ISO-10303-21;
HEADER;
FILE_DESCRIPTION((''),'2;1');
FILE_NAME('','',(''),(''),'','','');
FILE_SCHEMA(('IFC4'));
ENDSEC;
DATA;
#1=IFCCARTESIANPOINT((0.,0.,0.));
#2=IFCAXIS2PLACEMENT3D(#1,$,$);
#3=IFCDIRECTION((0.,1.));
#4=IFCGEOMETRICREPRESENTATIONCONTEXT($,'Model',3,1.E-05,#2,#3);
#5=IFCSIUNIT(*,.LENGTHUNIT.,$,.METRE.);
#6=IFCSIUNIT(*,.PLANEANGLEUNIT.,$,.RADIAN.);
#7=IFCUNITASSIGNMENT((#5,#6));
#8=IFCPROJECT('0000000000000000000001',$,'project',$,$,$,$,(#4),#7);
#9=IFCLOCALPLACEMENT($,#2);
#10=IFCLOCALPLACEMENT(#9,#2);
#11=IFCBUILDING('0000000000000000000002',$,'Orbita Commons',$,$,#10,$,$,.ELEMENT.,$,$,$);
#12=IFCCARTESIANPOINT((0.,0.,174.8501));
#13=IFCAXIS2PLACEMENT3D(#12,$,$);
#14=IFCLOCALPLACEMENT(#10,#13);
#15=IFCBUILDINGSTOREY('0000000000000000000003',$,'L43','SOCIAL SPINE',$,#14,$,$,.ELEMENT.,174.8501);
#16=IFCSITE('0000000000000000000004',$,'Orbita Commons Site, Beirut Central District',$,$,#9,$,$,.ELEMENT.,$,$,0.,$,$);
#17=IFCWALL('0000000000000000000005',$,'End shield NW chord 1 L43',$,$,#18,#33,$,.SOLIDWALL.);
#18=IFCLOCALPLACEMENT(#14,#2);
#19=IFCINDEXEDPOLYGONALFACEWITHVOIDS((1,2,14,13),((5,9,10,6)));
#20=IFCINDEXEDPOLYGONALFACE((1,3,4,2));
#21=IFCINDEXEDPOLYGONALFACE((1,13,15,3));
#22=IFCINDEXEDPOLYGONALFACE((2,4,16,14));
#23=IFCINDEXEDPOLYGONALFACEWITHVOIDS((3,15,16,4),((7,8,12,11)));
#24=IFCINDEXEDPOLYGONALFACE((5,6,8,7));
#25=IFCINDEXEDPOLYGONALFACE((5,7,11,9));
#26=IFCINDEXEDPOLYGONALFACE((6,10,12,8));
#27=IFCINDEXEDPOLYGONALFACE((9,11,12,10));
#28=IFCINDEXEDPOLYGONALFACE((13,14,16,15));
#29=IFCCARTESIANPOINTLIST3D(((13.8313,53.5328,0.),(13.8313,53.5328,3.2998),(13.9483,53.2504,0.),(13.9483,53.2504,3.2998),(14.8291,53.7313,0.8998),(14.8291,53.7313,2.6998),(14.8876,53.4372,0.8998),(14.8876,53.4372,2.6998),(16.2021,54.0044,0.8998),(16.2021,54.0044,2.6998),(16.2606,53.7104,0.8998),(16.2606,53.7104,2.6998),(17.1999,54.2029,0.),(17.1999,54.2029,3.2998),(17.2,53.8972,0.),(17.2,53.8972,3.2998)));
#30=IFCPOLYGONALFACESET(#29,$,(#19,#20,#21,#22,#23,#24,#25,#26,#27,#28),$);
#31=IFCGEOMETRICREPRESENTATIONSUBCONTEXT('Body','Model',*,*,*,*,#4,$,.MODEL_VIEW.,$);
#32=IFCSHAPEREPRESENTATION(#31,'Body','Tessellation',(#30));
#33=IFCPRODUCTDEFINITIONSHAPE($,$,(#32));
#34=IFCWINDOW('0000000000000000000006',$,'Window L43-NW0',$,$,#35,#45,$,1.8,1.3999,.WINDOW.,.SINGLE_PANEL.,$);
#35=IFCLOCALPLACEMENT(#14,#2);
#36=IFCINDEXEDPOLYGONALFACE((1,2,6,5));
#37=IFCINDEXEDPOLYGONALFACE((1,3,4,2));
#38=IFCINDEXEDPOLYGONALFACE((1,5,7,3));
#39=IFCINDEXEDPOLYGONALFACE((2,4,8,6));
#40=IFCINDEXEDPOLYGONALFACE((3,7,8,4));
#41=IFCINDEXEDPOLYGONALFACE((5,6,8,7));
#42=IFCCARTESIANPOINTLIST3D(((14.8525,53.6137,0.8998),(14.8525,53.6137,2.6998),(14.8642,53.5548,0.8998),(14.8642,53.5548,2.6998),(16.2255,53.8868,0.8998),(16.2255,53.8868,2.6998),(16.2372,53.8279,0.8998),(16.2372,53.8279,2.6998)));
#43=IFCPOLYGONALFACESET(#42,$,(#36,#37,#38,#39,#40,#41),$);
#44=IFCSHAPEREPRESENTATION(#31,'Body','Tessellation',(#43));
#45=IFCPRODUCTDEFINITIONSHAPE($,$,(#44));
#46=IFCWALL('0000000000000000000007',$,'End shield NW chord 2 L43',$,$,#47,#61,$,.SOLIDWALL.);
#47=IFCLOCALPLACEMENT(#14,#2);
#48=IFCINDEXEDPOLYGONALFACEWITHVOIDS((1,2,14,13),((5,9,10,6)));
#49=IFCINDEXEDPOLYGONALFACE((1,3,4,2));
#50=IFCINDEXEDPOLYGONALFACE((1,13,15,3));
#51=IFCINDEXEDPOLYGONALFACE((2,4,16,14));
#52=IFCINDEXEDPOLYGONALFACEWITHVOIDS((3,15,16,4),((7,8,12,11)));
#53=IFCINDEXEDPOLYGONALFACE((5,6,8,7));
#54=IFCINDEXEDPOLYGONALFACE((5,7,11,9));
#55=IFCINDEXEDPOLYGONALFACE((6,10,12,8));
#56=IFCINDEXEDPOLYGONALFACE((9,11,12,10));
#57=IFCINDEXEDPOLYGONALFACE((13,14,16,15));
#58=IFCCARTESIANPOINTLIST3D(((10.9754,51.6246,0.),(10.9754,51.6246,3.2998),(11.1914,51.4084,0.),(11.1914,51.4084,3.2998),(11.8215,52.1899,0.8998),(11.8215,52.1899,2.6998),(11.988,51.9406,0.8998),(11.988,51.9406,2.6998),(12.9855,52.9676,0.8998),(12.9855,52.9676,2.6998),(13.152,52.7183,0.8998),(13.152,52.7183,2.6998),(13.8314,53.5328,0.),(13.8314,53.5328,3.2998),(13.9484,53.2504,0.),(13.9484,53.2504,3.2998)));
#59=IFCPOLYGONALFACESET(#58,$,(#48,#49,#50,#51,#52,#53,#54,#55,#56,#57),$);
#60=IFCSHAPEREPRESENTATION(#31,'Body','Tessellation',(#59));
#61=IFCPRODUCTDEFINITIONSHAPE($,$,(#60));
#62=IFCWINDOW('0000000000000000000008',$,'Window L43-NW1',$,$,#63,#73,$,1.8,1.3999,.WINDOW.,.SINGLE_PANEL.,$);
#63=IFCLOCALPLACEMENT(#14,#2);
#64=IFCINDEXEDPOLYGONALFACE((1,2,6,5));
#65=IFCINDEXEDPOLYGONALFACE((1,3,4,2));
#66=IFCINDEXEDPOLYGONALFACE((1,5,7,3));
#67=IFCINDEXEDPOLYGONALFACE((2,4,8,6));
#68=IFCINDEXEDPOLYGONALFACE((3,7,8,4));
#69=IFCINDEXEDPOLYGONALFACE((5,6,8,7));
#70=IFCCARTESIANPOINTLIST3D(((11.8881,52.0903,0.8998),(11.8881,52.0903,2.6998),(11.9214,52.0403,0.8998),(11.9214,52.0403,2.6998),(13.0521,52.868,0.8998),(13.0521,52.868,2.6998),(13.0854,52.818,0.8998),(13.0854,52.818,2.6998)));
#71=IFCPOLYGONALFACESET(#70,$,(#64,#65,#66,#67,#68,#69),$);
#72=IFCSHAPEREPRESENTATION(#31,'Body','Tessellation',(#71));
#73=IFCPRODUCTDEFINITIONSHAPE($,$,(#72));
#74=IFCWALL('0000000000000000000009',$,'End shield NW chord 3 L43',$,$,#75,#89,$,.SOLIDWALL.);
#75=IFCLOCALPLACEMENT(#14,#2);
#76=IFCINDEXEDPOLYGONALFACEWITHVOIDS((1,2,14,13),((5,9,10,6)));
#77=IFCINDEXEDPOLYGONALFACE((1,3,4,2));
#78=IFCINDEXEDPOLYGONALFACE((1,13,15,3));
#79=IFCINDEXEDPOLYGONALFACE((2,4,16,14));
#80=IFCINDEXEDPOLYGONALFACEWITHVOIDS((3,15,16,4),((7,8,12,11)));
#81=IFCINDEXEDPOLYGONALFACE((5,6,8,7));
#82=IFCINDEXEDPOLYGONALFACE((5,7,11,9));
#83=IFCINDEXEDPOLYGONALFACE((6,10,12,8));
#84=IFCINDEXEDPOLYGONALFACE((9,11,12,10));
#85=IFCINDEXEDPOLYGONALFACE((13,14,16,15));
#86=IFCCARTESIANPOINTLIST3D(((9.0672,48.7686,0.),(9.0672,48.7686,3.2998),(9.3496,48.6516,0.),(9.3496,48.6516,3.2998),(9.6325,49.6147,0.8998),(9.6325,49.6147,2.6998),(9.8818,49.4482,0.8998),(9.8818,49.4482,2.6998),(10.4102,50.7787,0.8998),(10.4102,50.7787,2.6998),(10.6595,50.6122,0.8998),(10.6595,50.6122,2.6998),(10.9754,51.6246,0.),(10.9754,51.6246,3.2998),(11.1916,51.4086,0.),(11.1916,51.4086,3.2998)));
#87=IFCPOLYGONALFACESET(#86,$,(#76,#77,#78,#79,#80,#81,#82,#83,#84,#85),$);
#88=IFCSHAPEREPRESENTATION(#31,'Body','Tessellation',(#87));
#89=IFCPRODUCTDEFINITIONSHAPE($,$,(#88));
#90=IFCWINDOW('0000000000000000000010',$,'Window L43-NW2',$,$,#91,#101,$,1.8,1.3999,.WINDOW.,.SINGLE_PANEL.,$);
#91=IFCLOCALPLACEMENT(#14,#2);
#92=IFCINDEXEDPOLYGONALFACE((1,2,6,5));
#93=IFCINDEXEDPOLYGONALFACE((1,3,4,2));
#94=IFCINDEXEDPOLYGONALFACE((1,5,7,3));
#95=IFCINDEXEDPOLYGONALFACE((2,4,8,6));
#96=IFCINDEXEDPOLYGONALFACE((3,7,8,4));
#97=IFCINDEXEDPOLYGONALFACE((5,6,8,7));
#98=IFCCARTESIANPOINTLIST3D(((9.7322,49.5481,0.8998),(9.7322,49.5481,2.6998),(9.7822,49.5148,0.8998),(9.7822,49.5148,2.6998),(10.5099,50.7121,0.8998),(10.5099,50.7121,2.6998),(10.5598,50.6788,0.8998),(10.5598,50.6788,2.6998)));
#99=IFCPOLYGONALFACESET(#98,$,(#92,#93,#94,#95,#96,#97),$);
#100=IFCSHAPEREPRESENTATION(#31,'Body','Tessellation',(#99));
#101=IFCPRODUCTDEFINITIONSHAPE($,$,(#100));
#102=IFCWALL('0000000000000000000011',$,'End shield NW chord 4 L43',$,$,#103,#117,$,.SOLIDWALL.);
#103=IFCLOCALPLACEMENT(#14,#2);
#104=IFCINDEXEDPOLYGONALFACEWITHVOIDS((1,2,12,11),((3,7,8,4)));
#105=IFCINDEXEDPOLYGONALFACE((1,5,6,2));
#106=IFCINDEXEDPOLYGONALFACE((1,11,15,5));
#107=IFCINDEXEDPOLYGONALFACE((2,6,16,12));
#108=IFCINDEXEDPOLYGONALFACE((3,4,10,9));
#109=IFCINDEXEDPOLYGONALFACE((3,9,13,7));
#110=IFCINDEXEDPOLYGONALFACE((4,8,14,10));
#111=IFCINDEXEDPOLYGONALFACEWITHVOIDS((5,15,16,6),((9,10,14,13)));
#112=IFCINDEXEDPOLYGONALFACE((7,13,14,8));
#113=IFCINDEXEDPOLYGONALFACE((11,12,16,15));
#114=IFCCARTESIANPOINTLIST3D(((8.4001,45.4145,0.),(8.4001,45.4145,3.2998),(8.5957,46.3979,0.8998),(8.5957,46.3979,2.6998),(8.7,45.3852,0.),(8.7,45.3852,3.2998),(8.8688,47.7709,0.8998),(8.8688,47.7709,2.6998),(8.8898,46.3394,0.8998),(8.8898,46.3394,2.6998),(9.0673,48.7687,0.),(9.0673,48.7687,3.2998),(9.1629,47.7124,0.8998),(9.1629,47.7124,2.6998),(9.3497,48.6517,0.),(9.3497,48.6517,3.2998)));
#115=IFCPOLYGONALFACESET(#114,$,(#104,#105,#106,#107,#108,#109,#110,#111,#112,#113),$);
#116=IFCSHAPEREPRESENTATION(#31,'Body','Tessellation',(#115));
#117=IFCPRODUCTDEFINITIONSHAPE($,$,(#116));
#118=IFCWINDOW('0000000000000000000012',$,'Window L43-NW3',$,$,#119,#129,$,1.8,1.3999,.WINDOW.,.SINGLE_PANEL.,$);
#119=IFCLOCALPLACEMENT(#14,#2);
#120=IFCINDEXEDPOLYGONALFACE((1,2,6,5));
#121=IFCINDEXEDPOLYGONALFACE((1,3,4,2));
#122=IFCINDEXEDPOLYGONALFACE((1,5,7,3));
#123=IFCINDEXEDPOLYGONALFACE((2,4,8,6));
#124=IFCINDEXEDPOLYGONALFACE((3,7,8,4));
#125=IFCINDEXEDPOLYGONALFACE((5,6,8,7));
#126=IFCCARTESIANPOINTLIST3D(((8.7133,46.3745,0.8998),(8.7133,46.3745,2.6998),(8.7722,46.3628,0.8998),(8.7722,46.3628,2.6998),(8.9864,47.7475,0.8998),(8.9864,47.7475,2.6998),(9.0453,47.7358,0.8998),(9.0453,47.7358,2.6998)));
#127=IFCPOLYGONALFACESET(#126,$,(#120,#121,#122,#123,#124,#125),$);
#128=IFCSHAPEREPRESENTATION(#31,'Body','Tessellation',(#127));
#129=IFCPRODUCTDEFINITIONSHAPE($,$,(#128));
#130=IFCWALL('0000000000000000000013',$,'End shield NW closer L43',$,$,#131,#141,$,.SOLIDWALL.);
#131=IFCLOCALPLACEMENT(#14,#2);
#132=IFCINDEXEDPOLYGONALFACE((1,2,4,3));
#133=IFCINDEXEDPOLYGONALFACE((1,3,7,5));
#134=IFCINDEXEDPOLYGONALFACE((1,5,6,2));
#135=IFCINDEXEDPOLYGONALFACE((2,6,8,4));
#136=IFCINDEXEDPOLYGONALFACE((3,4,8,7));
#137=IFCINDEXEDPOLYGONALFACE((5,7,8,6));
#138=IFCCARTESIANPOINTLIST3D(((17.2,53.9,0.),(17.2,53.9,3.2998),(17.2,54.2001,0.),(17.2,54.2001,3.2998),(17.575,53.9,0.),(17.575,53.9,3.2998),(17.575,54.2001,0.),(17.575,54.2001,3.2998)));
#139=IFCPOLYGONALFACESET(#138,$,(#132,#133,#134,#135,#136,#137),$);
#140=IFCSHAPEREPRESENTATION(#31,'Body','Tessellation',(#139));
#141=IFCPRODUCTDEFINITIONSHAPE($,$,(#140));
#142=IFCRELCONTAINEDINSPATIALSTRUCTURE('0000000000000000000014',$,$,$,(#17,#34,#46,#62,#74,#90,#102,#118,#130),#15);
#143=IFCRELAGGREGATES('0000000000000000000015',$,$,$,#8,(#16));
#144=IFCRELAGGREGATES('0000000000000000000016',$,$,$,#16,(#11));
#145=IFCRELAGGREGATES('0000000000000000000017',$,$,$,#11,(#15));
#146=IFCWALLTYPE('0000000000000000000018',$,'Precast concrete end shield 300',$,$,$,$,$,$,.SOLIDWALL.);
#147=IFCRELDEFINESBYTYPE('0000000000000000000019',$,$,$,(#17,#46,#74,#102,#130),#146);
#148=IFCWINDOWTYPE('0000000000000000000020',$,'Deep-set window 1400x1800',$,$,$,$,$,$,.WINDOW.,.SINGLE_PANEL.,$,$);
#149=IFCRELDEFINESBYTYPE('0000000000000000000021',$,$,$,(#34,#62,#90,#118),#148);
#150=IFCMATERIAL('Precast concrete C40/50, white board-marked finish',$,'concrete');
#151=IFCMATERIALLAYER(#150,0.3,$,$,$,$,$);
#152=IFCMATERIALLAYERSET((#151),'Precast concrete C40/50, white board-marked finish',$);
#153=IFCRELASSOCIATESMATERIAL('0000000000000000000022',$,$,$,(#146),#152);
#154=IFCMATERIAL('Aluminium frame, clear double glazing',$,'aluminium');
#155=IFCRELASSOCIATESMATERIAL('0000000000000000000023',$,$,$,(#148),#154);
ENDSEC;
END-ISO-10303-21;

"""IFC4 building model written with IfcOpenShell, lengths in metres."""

from ifc_helpers import new_model, si_unit, direction, frame, frame_2d, origin, place, context, subcontext, project, spatial, polyline, rectangle, outline, extrude, material, layer, layer_set, type_object, element, fill, save


model = new_model("IFC4")

# Units and contexts
model_context = context("Model", 3, precision=1e-05, world=origin(), true_north=direction((0.0, 1.0)))
body_context = subcontext(model_context, "Body", "Model", "MODEL_VIEW")
ifc_project = project(units=[si_unit("LENGTHUNIT", "METRE"), si_unit("PLANEANGLEUNIT", "RADIAN")], contexts=[model_context])

# Site, building, storey
site_placement = place(None, origin())
site = spatial("IfcSite", under=ifc_project, at=site_placement, Name="Orbita Commons Site, Beirut Central District", CompositionType="ELEMENT", RefElevation=0.0)
building_placement = place(site_placement, origin())
building = spatial("IfcBuilding", under=site, at=building_placement, Name="Orbita Commons", CompositionType="ELEMENT")
storey_placement = place(building_placement, frame((0.0, 0.0, 174.8501)))
storey = spatial("IfcBuildingStorey", under=building, at=storey_placement, Name="L43", Description="SOCIAL SPINE", CompositionType="ELEMENT", Elevation=174.8501)

# Walls, openings, windows
ifc_material_1 = material(Name="Precast concrete C40/50, white board-marked finish", Category="concrete")
ifc_layer_1 = layer(ifc_material_1, 0.3)
ifc_layer_set_1 = layer_set([ifc_layer_1], Name="Precast concrete C40/50, white board-marked finish")
wall_type_1 = type_object("IfcWallType", Name="Precast concrete end shield 300", PredefinedType="SOLIDWALL", material=ifc_layer_set_1)
wall_1_placement = place(storey_placement, frame((17.2, 54.05, 0.0), z_axis=(0.0, 0.0, 1.0), x_axis=(-0.980783, -0.1951, 0.0)))
wall_1 = element("IfcWall", 1, at=wall_1_placement, inside=storey, type_object=wall_type_1, Name="End shield NW chord 1 L43", PredefinedType="SOLIDWALL", context=body_context, shape_type="SweptSolid", body=[
    extrude(outline(polyline([(-0.0298, -0.1499), (3.4048, -0.1499), (3.3452, 0.1499), (0.0298, 0.1499), (-0.0298, -0.1499)])), origin(), (0.0, 0.0, 1.0), 3.2998),
])
opening_1_placement = place(wall_1_placement, frame((0.9875, 0.0, 0.8999)))
opening_1 = element("IfcOpeningElement", 2, at=opening_1_placement, cuts=wall_1, PredefinedType="OPENING", context=body_context, shape_type="SweptSolid", body=[
    extrude(rectangle(XDim=1.3999, YDim=1.8, at=frame_2d((0.7, 0.8999))), frame((0.0, 0.1599, 0.0), z_axis=(0.0, -1.0, 0.0), x_axis=(1.0, 0.0, 0.0)), (0.0, 0.0, 1.0), 0.3201),
])
ifc_material_2 = material(Name="Aluminium frame, clear double glazing", Category="aluminium")
window_type = type_object("IfcWindowType", Name="Deep-set window 1400x1800", PartitioningType="SINGLE_PANEL", PredefinedType="WINDOW", material=ifc_material_2)
window_1_placement = place(opening_1_placement, origin())
window_1 = element("IfcWindow", 3, at=window_1_placement, inside=storey, type_object=window_type, Name="Window L43-NW0", OverallHeight=1.8, OverallWidth=1.3999, PartitioningType="SINGLE_PANEL", PredefinedType="WINDOW", context=body_context, shape_type="SweptSolid", body=[
    extrude(rectangle(XDim=1.3999, YDim=1.8, at=frame_2d((0.7, 0.8999))), frame((0.0, 0.03, 0.0), z_axis=(0.0, -1.0, 0.0), x_axis=(1.0, 0.0, 0.0)), (0.0, 0.0, 1.0), 0.0601),
])
fill(opening_1, window_1)
wall_2_placement = place(storey_placement, frame((13.8899, 53.3916, 0.0), z_axis=(0.0, 0.0, 1.0), x_axis=(-0.831493, -0.555535, 0.0)))
wall_2 = element("IfcWall", 4, at=wall_2_placement, inside=storey, type_object=wall_type_1, Name="End shield NW chord 2 L43", PredefinedType="SOLIDWALL", context=body_context, shape_type="SweptSolid", body=[
    extrude(outline(polyline([(-0.0298, -0.1499), (3.405, -0.1499), (3.3455, 0.1499), (0.0298, 0.1499), (-0.0298, -0.1499)])), origin(), (0.0, 0.0, 1.0), 3.2998),
])
opening_2_placement = place(wall_2_placement, frame((0.9875, 0.0, 0.8999)))
opening_2 = element("IfcOpeningElement", 5, at=opening_2_placement, cuts=wall_2, PredefinedType="OPENING", context=body_context, shape_type="SweptSolid", body=[
    extrude(rectangle(XDim=1.3999, YDim=1.8, at=frame_2d((0.7, 0.8999))), frame((0.0, 0.1599, 0.0), z_axis=(0.0, -1.0, 0.0), x_axis=(1.0, 0.0, 0.0)), (0.0, 0.0, 1.0), 0.3201),
])
window_2_placement = place(opening_2_placement, origin())
window_2 = element("IfcWindow", 6, at=window_2_placement, inside=storey, type_object=window_type, Name="Window L43-NW1", OverallHeight=1.8, OverallWidth=1.3999, PartitioningType="SINGLE_PANEL", PredefinedType="WINDOW", context=body_context, shape_type="SweptSolid", body=[
    extrude(rectangle(XDim=1.3999, YDim=1.8, at=frame_2d((0.7, 0.8999))), frame((0.0, 0.03, 0.0), z_axis=(0.0, -1.0, 0.0), x_axis=(1.0, 0.0, 0.0)), (0.0, 0.0, 1.0), 0.0601),
])
fill(opening_2, window_2)
wall_3_placement = place(storey_placement, frame((11.0835, 51.5166, 0.0), z_axis=(0.0, 0.0, 1.0), x_axis=(-0.555535, -0.831493, 0.0)))
wall_3 = element("IfcWall", 7, at=wall_3_placement, inside=storey, type_object=wall_type_1, Name="End shield NW chord 3 L43", PredefinedType="SOLIDWALL", context=body_context, shape_type="SweptSolid", body=[
    extrude(outline(polyline([(-0.0298, -0.1499), (3.405, -0.1499), (3.3455, 0.1499), (0.0298, 0.1499), (-0.0298, -0.1499)])), origin(), (0.0, 0.0, 1.0), 3.2998),
])
opening_3_placement = place(wall_3_placement, frame((0.9875, 0.0, 0.8999)))
opening_3 = element("IfcOpeningElement", 8, at=opening_3_placement, cuts=wall_3, PredefinedType="OPENING", context=body_context, shape_type="SweptSolid", body=[
    extrude(rectangle(XDim=1.3999, YDim=1.8, at=frame_2d((0.7, 0.8999))), frame((0.0, 0.1599, 0.0), z_axis=(0.0, -1.0, 0.0), x_axis=(1.0, 0.0, 0.0)), (0.0, 0.0, 1.0), 0.3201),
])
window_3_placement = place(opening_3_placement, origin())
window_3 = element("IfcWindow", 9, at=window_3_placement, inside=storey, type_object=window_type, Name="Window L43-NW2", OverallHeight=1.8, OverallWidth=1.3999, PartitioningType="SINGLE_PANEL", PredefinedType="WINDOW", context=body_context, shape_type="SweptSolid", body=[
    extrude(rectangle(XDim=1.3999, YDim=1.8, at=frame_2d((0.7, 0.8999))), frame((0.0, 0.03, 0.0), z_axis=(0.0, -1.0, 0.0), x_axis=(1.0, 0.0, 0.0)), (0.0, 0.0, 1.0), 0.0601),
])
fill(opening_3, window_3)
wall_4_placement = place(storey_placement, frame((9.2085, 48.7102, 0.0), z_axis=(0.0, 0.0, 1.0), x_axis=(-0.195087, -0.980786, 0.0)))
wall_4 = element("IfcWall", 10, at=wall_4_placement, inside=storey, type_object=wall_type_1, Name="End shield NW chord 4 L43", PredefinedType="SOLIDWALL", context=body_context, shape_type="SweptSolid", body=[
    extrude(outline(polyline([(-0.0298, -0.1499), (3.3901, -0.1499), (3.3604, 0.1499), (0.0298, 0.1499), (-0.0298, -0.1499)])), origin(), (0.0, 0.0, 1.0), 3.2998),
])
opening_4_placement = place(wall_4_placement, frame((0.9875, 0.0, 0.8999)))
opening_4 = element("IfcOpeningElement", 11, at=opening_4_placement, cuts=wall_4, PredefinedType="OPENING", context=body_context, shape_type="SweptSolid", body=[
    extrude(rectangle(XDim=1.3999, YDim=1.8, at=frame_2d((0.7, 0.8999))), frame((0.0, 0.1599, 0.0), z_axis=(0.0, -1.0, 0.0), x_axis=(1.0, 0.0, 0.0)), (0.0, 0.0, 1.0), 0.3201),
])
window_4_placement = place(opening_4_placement, origin())
window_4 = element("IfcWindow", 12, at=window_4_placement, inside=storey, type_object=window_type, Name="Window L43-NW3", OverallHeight=1.8, OverallWidth=1.3999, PartitioningType="SINGLE_PANEL", PredefinedType="WINDOW", context=body_context, shape_type="SweptSolid", body=[
    extrude(rectangle(XDim=1.3999, YDim=1.8, at=frame_2d((0.7, 0.8999))), frame((0.0, 0.03, 0.0), z_axis=(0.0, -1.0, 0.0), x_axis=(1.0, 0.0, 0.0)), (0.0, 0.0, 1.0), 0.0601),
])
fill(opening_4, window_4)

# Wall
wall_5_placement = place(storey_placement, frame((17.2, 54.05, 0.0), z_axis=(0.0, 0.0, 1.0), x_axis=(1.0, 0.0, 0.0)))
element("IfcWall", 13, at=wall_5_placement, inside=storey, type_object=wall_type_1, Name="End shield NW closer L43", PredefinedType="SOLIDWALL", context=body_context, shape_type="SweptSolid", body=[
    extrude(rectangle(XDim=0.375, YDim=0.3, at=frame_2d((0.1875, 0.0))), origin(), (0.0, 0.0, 1.0), 3.2998),
])

save(model, "model.ifc")
